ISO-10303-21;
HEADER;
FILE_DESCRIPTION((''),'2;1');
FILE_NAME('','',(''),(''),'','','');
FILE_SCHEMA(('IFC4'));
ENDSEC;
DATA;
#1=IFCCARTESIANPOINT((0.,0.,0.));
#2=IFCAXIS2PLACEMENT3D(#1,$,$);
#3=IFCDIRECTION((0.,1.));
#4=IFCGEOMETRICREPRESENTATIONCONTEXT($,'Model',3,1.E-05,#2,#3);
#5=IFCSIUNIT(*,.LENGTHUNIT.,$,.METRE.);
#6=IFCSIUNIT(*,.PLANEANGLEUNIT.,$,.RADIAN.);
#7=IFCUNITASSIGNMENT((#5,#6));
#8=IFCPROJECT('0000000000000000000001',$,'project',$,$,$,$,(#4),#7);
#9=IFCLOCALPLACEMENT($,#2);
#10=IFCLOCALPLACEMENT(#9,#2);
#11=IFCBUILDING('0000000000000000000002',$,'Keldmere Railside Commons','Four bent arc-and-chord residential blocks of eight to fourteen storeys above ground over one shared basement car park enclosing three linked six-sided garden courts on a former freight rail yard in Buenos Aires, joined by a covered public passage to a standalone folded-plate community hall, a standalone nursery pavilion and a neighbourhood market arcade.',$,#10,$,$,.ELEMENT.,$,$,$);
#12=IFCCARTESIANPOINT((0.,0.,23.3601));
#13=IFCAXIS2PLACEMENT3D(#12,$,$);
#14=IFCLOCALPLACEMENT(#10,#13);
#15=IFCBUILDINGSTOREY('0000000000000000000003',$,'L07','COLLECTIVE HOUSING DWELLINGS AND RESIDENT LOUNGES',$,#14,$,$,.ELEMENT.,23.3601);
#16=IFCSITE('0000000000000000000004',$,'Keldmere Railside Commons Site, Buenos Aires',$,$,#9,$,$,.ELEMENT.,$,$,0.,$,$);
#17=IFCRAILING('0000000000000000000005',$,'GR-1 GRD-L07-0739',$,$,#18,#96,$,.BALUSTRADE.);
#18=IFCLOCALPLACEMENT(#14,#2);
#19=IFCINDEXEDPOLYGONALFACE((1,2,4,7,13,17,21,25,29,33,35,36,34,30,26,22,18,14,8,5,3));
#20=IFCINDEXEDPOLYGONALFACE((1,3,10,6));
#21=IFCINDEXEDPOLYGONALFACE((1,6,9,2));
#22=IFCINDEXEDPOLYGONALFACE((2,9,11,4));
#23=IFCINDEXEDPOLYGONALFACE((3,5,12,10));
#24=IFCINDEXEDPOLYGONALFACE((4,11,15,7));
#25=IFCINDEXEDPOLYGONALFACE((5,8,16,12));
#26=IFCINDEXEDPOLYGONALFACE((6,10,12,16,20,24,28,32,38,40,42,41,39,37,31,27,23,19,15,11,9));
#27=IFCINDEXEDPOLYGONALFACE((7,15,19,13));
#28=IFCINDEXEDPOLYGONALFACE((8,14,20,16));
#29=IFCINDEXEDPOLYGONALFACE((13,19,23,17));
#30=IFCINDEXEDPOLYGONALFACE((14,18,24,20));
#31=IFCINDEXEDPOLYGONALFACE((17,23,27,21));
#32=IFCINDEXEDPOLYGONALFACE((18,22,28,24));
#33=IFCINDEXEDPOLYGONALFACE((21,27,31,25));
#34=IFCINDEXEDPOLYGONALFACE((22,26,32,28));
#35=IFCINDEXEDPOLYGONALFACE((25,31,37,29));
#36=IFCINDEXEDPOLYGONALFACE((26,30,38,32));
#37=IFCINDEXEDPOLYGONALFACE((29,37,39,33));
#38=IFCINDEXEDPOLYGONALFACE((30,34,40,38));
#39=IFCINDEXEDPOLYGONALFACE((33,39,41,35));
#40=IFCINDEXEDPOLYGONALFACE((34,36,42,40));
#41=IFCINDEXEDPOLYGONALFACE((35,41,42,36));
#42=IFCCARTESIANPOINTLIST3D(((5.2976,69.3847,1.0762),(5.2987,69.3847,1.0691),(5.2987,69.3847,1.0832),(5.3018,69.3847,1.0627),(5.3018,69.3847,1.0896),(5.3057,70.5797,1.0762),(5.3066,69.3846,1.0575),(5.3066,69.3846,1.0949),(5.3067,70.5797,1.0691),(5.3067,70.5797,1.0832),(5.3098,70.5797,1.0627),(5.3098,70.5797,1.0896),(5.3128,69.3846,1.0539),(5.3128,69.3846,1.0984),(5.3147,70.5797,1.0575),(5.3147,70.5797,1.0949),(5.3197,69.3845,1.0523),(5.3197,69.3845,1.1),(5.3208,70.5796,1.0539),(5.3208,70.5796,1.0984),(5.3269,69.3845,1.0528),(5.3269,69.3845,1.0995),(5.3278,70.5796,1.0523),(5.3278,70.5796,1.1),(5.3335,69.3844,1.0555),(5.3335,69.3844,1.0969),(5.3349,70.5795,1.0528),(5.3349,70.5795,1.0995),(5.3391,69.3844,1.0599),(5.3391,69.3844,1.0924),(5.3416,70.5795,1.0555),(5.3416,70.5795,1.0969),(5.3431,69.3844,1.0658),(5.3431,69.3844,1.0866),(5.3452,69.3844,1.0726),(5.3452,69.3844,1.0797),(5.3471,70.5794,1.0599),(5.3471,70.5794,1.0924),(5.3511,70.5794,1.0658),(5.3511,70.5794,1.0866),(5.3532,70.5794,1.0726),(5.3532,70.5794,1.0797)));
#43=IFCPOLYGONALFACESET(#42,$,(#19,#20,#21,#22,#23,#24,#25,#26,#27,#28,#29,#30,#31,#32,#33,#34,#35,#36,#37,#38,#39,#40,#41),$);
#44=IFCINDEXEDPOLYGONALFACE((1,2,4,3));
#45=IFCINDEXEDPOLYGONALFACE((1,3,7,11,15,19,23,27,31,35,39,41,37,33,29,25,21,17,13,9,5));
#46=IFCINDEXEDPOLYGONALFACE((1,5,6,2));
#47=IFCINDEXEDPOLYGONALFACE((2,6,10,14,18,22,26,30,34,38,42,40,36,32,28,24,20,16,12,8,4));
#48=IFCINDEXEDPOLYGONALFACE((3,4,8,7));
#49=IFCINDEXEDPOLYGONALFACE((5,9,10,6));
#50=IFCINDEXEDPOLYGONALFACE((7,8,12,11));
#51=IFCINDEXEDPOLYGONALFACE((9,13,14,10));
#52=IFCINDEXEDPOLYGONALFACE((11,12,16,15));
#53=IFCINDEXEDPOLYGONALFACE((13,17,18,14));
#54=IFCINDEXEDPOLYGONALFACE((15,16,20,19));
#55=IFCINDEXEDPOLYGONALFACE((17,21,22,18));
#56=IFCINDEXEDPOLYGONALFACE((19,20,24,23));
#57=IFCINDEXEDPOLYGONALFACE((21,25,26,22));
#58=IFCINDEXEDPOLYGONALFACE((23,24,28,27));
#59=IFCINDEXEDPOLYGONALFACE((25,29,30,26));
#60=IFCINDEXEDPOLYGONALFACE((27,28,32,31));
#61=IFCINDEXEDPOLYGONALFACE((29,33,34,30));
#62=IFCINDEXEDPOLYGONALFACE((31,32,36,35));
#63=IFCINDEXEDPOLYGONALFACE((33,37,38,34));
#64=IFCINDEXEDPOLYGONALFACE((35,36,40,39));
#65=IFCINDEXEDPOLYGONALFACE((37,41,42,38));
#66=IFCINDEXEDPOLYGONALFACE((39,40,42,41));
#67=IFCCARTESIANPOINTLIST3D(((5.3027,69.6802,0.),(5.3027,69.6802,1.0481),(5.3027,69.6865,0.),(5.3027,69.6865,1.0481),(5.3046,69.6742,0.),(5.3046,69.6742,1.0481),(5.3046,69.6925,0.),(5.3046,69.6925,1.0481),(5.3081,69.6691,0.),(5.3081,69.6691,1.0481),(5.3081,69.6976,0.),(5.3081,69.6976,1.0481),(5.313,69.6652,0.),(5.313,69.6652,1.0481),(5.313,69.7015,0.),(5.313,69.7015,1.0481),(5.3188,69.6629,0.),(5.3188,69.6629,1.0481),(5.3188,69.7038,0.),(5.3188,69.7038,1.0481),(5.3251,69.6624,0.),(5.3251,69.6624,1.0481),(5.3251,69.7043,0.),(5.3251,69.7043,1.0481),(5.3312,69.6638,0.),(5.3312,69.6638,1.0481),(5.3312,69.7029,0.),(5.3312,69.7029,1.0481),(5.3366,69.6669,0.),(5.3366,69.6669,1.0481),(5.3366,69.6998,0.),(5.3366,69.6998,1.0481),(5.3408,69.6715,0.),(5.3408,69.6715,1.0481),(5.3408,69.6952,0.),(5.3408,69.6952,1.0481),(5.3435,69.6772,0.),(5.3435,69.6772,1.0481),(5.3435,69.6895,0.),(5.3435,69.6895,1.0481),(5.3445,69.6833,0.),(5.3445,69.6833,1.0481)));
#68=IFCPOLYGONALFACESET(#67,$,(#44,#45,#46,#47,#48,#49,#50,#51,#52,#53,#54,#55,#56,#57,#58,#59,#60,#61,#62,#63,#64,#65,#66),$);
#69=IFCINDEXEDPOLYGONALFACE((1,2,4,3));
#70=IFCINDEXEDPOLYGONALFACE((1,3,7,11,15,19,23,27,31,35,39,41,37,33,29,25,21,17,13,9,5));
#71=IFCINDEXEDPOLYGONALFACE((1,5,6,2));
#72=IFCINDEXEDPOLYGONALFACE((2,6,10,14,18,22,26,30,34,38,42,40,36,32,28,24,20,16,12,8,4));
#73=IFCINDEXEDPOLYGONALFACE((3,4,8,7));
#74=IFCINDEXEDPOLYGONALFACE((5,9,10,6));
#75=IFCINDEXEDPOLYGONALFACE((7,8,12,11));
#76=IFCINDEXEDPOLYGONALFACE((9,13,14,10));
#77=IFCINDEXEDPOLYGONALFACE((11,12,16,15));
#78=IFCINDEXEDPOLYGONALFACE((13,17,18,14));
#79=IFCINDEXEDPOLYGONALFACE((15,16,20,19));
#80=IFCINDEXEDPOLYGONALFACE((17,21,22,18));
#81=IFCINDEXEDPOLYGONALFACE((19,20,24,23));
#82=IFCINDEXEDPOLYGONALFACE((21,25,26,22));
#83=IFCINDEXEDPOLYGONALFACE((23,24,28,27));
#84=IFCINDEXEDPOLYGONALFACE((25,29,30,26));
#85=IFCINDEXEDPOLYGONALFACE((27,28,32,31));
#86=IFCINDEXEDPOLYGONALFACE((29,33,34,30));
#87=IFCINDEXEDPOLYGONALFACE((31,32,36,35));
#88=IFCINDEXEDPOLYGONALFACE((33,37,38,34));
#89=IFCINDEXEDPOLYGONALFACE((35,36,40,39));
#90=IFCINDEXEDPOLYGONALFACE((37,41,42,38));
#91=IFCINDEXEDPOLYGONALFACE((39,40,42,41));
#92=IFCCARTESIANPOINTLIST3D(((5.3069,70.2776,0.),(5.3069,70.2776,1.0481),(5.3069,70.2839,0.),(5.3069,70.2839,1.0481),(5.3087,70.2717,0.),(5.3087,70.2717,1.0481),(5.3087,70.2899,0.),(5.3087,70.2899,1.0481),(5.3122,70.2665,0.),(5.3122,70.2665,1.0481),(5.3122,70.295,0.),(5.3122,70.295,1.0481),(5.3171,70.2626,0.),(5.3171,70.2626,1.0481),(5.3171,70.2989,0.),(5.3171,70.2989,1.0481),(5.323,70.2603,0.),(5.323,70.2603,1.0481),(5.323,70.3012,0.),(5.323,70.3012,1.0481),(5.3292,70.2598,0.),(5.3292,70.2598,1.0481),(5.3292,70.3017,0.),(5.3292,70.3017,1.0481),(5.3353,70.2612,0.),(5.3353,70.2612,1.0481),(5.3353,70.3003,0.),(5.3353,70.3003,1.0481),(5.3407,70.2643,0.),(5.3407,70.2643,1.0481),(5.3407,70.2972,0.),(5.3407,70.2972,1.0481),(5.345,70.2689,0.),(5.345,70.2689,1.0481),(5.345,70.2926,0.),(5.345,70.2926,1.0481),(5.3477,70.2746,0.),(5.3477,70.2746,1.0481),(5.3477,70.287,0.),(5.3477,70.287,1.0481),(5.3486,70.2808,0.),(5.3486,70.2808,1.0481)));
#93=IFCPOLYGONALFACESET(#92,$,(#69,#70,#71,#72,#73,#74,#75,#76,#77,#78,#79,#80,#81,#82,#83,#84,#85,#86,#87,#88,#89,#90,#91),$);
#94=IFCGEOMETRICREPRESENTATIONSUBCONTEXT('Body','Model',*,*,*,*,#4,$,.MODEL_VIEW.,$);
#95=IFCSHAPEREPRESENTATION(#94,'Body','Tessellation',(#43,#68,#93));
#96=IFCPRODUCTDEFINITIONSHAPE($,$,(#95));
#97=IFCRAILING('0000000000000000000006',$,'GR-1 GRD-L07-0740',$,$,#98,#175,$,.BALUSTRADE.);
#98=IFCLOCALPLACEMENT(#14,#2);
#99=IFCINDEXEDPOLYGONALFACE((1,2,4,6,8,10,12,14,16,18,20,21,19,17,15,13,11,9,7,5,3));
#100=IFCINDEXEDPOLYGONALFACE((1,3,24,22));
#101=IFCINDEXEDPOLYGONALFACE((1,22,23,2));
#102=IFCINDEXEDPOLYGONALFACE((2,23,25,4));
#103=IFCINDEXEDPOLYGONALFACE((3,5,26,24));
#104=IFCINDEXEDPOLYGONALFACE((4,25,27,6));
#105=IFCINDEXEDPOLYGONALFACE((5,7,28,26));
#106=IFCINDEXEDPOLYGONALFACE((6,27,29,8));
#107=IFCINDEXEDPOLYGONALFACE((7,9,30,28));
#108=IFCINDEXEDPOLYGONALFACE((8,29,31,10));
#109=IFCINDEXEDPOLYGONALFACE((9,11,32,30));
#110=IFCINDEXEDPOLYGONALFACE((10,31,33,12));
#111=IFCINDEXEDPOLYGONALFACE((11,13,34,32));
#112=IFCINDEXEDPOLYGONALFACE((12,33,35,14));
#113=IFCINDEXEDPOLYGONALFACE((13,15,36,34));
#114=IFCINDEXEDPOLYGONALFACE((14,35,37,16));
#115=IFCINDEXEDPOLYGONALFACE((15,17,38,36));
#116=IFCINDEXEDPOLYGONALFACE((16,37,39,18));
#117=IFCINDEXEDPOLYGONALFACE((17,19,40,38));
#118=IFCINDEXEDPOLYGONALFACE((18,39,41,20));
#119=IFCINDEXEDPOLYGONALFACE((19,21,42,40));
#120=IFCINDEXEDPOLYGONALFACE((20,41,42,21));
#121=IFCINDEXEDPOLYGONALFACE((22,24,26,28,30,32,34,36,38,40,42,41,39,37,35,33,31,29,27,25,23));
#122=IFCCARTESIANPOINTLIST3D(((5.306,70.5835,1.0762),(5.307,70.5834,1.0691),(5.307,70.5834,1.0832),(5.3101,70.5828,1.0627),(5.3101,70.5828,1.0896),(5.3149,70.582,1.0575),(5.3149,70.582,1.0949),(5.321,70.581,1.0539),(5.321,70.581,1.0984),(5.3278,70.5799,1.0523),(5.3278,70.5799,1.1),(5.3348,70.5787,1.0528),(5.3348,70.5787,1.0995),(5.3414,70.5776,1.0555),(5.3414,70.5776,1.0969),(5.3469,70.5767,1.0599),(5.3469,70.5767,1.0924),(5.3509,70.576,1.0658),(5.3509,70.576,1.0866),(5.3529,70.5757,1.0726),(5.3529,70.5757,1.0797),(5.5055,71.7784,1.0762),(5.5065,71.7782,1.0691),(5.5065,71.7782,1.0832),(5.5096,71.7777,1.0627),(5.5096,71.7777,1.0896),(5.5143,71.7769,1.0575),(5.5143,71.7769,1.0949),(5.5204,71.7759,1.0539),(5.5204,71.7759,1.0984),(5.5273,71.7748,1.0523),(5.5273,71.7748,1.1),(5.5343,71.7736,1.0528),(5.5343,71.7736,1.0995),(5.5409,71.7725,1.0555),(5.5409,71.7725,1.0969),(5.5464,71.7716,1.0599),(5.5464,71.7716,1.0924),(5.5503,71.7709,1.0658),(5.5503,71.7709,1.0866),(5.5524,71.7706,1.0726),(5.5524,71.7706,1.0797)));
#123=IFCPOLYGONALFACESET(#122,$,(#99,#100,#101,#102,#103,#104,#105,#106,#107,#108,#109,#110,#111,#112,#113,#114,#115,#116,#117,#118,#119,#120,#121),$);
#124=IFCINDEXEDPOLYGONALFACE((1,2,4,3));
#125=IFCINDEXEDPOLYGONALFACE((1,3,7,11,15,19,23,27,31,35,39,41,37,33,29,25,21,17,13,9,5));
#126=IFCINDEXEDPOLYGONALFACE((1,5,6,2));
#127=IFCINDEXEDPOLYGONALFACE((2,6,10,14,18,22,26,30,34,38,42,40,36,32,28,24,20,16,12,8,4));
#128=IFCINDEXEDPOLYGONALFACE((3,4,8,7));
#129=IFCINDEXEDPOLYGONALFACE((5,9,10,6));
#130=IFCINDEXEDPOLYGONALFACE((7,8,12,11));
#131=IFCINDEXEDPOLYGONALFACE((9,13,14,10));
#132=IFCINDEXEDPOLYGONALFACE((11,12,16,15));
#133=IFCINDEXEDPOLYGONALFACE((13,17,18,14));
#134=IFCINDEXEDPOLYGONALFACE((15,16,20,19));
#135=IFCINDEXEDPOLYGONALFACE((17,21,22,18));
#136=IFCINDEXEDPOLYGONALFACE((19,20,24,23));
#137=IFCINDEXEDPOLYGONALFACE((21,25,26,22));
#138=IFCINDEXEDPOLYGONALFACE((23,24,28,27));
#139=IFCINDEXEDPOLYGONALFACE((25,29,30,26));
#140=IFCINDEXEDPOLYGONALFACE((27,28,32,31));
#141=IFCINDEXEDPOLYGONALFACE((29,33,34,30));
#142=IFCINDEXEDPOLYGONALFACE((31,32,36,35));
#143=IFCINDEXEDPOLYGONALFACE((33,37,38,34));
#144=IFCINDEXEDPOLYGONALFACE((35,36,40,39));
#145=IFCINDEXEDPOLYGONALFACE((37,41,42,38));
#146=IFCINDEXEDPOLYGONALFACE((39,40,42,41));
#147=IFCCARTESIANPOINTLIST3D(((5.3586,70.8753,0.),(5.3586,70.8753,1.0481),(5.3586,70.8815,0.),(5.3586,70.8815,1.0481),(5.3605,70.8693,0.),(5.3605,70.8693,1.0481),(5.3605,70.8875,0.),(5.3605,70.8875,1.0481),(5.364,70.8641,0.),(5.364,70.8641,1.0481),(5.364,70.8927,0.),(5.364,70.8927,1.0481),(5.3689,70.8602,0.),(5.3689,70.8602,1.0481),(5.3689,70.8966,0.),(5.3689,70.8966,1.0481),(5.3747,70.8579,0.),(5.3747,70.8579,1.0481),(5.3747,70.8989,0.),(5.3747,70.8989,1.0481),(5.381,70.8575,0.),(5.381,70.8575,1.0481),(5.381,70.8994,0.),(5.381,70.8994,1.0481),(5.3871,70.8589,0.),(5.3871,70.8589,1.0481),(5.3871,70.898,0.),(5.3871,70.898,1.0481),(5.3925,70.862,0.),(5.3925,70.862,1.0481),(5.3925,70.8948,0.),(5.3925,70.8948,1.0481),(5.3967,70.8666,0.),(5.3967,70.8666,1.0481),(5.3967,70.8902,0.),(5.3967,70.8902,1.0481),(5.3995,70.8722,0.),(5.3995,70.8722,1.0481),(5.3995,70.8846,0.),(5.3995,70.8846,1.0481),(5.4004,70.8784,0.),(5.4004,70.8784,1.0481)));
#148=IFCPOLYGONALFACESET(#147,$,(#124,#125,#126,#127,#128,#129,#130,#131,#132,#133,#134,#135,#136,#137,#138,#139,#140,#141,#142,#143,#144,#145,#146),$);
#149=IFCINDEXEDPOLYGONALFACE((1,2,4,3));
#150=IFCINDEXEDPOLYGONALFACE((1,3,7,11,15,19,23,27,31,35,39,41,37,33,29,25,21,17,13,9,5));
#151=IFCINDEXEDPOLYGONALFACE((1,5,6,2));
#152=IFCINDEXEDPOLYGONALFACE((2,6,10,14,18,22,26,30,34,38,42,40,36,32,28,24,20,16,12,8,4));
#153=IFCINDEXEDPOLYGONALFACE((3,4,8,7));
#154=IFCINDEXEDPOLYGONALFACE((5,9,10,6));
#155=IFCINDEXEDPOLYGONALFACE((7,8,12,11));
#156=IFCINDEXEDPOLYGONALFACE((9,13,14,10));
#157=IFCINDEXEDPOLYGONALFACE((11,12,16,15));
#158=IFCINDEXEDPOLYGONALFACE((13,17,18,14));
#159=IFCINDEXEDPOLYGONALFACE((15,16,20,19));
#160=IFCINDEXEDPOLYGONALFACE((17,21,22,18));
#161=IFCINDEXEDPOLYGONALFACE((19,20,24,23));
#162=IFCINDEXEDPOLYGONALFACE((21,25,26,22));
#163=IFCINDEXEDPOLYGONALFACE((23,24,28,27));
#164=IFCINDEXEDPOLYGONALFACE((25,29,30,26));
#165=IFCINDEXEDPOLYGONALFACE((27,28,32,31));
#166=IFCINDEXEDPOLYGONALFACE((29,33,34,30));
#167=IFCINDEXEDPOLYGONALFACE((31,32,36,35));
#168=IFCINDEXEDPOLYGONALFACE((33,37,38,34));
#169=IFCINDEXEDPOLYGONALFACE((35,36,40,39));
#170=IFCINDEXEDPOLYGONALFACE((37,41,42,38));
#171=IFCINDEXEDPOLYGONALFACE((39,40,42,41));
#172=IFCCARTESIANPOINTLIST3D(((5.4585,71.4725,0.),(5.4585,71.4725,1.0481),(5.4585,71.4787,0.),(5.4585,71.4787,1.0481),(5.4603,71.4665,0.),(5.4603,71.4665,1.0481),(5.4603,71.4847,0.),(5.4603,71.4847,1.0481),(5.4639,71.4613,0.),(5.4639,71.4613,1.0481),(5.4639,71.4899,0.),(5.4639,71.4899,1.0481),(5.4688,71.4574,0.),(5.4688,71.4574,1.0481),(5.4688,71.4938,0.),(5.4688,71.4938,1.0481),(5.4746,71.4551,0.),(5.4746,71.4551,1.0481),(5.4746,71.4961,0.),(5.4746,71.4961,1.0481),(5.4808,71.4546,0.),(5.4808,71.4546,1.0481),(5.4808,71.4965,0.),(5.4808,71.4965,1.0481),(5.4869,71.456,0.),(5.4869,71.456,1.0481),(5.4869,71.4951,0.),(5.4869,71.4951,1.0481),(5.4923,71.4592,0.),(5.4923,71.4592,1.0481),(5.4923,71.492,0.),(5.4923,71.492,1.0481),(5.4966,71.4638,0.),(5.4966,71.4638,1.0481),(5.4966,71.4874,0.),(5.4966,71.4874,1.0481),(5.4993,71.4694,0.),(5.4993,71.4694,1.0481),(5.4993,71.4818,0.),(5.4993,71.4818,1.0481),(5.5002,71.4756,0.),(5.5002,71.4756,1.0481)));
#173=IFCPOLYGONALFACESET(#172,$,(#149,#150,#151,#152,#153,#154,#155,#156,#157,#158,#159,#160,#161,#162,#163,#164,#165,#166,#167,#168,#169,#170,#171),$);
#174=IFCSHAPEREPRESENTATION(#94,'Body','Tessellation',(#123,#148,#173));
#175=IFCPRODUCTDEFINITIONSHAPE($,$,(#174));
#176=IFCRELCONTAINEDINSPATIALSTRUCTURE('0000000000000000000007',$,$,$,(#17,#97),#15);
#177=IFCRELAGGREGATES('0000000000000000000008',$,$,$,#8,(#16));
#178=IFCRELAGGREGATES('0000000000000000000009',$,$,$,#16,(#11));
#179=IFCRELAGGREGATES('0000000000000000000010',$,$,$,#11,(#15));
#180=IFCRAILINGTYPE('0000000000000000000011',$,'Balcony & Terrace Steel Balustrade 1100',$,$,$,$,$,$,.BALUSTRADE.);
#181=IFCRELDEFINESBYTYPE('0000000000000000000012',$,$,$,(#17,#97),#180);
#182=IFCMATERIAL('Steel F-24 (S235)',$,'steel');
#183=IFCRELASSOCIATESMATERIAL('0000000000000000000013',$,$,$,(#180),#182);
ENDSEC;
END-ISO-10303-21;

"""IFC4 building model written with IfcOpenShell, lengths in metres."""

from ifc_helpers import new_model, si_unit, direction, frame, origin, origin_2d, place, context, subcontext, project, spatial, circle, extrude, material, type_object, element, save


model = new_model("IFC4")

# Units and contexts
model_context = context("Model", 3, precision=1e-05, world=origin(), true_north=direction((0.0, 1.0)))
body_context = subcontext(model_context, "Body", "Model", "MODEL_VIEW")
ifc_project = project(units=[si_unit("LENGTHUNIT", "METRE"), si_unit("PLANEANGLEUNIT", "RADIAN")], contexts=[model_context])

# Site, building, storey
site_placement = place(None, origin())
site = spatial("IfcSite", under=ifc_project, at=site_placement, Name="Keldmere Railside Commons Site, Buenos Aires", CompositionType="ELEMENT", RefElevation=0.0)
building_placement = place(site_placement, origin())
building = spatial("IfcBuilding", under=site, at=building_placement, Name="Keldmere Railside Commons", Description="Four bent arc-and-chord residential blocks of eight to fourteen storeys above ground over one shared basement car park enclosing three linked six-sided garden courts on a former freight rail yard in Buenos Aires, joined by a covered public passage to a standalone folded-plate community hall, a standalone nursery pavilion and a neighbourhood market arcade.", CompositionType="ELEMENT")
storey_placement = place(building_placement, frame((0.0, 0.0, 23.3601)))
storey = spatial("IfcBuildingStorey", under=building, at=storey_placement, Name="L07", Description="COLLECTIVE HOUSING DWELLINGS AND RESIDENT LOUNGES", CompositionType="ELEMENT", Elevation=23.3601)

# Shared definitions
ifc_material_1 = material(Name="Steel F-24 (S235)", Category="steel")

# Railings
railing_type_1 = type_object("IfcRailingType", Name="Balcony & Terrace Steel Balustrade 1100", PredefinedType="BALUSTRADE", material=ifc_material_1)
railing_1_placement = place(storey_placement, frame((5.3215, 69.3845, 0.0)))
element("IfcRailing", 1, at=railing_1_placement, inside=storey, type_object=railing_type_1, Name="GR-1 GRD-L07-0739", PredefinedType="BALUSTRADE", context=body_context, shape_type="SweptSolid", body=[
    extrude(circle(Radius=0.0239, at=origin_2d()), frame((0.0, 0.0, 1.0762), z_axis=(0.006741, 0.999977, 0.0), x_axis=(-0.999977, 0.006741, 0.0)), (0.0, 0.0, 1.0), 1.1951),
    extrude(circle(Radius=0.021, at=origin_2d()), frame((0.002, 0.2988, 0.0)), (0.0, 0.0, 1.0), 1.0481),
    extrude(circle(Radius=0.021, at=origin_2d()), frame((0.0061, 0.8962, 0.0)), (0.0, 0.0, 1.0), 1.0481),
])
railing_2_placement = place(storey_placement, frame((5.3296, 70.5796, 0.0)))
element("IfcRailing", 2, at=railing_2_placement, inside=storey, type_object=railing_type_1, Name="GR-1 GRD-L07-0740", PredefinedType="BALUSTRADE", context=body_context, shape_type="SweptSolid", body=[
    extrude(circle(Radius=0.0239, at=origin_2d()), frame((0.0, 0.0, 1.0762), z_axis=(0.16466, 0.98635, 0.0), x_axis=(-0.98635, 0.16466, 0.0)), (0.0, 0.0, 1.0), 1.2114),
    extrude(circle(Radius=0.021, at=origin_2d()), frame((0.0498, 0.2988, 0.0)), (0.0, 0.0, 1.0), 1.0481),
    extrude(circle(Radius=0.021, at=origin_2d()), frame((0.1497, 0.896, 0.0)), (0.0, 0.0, 1.0), 1.0481),
])

save(model, "model.ifc")
